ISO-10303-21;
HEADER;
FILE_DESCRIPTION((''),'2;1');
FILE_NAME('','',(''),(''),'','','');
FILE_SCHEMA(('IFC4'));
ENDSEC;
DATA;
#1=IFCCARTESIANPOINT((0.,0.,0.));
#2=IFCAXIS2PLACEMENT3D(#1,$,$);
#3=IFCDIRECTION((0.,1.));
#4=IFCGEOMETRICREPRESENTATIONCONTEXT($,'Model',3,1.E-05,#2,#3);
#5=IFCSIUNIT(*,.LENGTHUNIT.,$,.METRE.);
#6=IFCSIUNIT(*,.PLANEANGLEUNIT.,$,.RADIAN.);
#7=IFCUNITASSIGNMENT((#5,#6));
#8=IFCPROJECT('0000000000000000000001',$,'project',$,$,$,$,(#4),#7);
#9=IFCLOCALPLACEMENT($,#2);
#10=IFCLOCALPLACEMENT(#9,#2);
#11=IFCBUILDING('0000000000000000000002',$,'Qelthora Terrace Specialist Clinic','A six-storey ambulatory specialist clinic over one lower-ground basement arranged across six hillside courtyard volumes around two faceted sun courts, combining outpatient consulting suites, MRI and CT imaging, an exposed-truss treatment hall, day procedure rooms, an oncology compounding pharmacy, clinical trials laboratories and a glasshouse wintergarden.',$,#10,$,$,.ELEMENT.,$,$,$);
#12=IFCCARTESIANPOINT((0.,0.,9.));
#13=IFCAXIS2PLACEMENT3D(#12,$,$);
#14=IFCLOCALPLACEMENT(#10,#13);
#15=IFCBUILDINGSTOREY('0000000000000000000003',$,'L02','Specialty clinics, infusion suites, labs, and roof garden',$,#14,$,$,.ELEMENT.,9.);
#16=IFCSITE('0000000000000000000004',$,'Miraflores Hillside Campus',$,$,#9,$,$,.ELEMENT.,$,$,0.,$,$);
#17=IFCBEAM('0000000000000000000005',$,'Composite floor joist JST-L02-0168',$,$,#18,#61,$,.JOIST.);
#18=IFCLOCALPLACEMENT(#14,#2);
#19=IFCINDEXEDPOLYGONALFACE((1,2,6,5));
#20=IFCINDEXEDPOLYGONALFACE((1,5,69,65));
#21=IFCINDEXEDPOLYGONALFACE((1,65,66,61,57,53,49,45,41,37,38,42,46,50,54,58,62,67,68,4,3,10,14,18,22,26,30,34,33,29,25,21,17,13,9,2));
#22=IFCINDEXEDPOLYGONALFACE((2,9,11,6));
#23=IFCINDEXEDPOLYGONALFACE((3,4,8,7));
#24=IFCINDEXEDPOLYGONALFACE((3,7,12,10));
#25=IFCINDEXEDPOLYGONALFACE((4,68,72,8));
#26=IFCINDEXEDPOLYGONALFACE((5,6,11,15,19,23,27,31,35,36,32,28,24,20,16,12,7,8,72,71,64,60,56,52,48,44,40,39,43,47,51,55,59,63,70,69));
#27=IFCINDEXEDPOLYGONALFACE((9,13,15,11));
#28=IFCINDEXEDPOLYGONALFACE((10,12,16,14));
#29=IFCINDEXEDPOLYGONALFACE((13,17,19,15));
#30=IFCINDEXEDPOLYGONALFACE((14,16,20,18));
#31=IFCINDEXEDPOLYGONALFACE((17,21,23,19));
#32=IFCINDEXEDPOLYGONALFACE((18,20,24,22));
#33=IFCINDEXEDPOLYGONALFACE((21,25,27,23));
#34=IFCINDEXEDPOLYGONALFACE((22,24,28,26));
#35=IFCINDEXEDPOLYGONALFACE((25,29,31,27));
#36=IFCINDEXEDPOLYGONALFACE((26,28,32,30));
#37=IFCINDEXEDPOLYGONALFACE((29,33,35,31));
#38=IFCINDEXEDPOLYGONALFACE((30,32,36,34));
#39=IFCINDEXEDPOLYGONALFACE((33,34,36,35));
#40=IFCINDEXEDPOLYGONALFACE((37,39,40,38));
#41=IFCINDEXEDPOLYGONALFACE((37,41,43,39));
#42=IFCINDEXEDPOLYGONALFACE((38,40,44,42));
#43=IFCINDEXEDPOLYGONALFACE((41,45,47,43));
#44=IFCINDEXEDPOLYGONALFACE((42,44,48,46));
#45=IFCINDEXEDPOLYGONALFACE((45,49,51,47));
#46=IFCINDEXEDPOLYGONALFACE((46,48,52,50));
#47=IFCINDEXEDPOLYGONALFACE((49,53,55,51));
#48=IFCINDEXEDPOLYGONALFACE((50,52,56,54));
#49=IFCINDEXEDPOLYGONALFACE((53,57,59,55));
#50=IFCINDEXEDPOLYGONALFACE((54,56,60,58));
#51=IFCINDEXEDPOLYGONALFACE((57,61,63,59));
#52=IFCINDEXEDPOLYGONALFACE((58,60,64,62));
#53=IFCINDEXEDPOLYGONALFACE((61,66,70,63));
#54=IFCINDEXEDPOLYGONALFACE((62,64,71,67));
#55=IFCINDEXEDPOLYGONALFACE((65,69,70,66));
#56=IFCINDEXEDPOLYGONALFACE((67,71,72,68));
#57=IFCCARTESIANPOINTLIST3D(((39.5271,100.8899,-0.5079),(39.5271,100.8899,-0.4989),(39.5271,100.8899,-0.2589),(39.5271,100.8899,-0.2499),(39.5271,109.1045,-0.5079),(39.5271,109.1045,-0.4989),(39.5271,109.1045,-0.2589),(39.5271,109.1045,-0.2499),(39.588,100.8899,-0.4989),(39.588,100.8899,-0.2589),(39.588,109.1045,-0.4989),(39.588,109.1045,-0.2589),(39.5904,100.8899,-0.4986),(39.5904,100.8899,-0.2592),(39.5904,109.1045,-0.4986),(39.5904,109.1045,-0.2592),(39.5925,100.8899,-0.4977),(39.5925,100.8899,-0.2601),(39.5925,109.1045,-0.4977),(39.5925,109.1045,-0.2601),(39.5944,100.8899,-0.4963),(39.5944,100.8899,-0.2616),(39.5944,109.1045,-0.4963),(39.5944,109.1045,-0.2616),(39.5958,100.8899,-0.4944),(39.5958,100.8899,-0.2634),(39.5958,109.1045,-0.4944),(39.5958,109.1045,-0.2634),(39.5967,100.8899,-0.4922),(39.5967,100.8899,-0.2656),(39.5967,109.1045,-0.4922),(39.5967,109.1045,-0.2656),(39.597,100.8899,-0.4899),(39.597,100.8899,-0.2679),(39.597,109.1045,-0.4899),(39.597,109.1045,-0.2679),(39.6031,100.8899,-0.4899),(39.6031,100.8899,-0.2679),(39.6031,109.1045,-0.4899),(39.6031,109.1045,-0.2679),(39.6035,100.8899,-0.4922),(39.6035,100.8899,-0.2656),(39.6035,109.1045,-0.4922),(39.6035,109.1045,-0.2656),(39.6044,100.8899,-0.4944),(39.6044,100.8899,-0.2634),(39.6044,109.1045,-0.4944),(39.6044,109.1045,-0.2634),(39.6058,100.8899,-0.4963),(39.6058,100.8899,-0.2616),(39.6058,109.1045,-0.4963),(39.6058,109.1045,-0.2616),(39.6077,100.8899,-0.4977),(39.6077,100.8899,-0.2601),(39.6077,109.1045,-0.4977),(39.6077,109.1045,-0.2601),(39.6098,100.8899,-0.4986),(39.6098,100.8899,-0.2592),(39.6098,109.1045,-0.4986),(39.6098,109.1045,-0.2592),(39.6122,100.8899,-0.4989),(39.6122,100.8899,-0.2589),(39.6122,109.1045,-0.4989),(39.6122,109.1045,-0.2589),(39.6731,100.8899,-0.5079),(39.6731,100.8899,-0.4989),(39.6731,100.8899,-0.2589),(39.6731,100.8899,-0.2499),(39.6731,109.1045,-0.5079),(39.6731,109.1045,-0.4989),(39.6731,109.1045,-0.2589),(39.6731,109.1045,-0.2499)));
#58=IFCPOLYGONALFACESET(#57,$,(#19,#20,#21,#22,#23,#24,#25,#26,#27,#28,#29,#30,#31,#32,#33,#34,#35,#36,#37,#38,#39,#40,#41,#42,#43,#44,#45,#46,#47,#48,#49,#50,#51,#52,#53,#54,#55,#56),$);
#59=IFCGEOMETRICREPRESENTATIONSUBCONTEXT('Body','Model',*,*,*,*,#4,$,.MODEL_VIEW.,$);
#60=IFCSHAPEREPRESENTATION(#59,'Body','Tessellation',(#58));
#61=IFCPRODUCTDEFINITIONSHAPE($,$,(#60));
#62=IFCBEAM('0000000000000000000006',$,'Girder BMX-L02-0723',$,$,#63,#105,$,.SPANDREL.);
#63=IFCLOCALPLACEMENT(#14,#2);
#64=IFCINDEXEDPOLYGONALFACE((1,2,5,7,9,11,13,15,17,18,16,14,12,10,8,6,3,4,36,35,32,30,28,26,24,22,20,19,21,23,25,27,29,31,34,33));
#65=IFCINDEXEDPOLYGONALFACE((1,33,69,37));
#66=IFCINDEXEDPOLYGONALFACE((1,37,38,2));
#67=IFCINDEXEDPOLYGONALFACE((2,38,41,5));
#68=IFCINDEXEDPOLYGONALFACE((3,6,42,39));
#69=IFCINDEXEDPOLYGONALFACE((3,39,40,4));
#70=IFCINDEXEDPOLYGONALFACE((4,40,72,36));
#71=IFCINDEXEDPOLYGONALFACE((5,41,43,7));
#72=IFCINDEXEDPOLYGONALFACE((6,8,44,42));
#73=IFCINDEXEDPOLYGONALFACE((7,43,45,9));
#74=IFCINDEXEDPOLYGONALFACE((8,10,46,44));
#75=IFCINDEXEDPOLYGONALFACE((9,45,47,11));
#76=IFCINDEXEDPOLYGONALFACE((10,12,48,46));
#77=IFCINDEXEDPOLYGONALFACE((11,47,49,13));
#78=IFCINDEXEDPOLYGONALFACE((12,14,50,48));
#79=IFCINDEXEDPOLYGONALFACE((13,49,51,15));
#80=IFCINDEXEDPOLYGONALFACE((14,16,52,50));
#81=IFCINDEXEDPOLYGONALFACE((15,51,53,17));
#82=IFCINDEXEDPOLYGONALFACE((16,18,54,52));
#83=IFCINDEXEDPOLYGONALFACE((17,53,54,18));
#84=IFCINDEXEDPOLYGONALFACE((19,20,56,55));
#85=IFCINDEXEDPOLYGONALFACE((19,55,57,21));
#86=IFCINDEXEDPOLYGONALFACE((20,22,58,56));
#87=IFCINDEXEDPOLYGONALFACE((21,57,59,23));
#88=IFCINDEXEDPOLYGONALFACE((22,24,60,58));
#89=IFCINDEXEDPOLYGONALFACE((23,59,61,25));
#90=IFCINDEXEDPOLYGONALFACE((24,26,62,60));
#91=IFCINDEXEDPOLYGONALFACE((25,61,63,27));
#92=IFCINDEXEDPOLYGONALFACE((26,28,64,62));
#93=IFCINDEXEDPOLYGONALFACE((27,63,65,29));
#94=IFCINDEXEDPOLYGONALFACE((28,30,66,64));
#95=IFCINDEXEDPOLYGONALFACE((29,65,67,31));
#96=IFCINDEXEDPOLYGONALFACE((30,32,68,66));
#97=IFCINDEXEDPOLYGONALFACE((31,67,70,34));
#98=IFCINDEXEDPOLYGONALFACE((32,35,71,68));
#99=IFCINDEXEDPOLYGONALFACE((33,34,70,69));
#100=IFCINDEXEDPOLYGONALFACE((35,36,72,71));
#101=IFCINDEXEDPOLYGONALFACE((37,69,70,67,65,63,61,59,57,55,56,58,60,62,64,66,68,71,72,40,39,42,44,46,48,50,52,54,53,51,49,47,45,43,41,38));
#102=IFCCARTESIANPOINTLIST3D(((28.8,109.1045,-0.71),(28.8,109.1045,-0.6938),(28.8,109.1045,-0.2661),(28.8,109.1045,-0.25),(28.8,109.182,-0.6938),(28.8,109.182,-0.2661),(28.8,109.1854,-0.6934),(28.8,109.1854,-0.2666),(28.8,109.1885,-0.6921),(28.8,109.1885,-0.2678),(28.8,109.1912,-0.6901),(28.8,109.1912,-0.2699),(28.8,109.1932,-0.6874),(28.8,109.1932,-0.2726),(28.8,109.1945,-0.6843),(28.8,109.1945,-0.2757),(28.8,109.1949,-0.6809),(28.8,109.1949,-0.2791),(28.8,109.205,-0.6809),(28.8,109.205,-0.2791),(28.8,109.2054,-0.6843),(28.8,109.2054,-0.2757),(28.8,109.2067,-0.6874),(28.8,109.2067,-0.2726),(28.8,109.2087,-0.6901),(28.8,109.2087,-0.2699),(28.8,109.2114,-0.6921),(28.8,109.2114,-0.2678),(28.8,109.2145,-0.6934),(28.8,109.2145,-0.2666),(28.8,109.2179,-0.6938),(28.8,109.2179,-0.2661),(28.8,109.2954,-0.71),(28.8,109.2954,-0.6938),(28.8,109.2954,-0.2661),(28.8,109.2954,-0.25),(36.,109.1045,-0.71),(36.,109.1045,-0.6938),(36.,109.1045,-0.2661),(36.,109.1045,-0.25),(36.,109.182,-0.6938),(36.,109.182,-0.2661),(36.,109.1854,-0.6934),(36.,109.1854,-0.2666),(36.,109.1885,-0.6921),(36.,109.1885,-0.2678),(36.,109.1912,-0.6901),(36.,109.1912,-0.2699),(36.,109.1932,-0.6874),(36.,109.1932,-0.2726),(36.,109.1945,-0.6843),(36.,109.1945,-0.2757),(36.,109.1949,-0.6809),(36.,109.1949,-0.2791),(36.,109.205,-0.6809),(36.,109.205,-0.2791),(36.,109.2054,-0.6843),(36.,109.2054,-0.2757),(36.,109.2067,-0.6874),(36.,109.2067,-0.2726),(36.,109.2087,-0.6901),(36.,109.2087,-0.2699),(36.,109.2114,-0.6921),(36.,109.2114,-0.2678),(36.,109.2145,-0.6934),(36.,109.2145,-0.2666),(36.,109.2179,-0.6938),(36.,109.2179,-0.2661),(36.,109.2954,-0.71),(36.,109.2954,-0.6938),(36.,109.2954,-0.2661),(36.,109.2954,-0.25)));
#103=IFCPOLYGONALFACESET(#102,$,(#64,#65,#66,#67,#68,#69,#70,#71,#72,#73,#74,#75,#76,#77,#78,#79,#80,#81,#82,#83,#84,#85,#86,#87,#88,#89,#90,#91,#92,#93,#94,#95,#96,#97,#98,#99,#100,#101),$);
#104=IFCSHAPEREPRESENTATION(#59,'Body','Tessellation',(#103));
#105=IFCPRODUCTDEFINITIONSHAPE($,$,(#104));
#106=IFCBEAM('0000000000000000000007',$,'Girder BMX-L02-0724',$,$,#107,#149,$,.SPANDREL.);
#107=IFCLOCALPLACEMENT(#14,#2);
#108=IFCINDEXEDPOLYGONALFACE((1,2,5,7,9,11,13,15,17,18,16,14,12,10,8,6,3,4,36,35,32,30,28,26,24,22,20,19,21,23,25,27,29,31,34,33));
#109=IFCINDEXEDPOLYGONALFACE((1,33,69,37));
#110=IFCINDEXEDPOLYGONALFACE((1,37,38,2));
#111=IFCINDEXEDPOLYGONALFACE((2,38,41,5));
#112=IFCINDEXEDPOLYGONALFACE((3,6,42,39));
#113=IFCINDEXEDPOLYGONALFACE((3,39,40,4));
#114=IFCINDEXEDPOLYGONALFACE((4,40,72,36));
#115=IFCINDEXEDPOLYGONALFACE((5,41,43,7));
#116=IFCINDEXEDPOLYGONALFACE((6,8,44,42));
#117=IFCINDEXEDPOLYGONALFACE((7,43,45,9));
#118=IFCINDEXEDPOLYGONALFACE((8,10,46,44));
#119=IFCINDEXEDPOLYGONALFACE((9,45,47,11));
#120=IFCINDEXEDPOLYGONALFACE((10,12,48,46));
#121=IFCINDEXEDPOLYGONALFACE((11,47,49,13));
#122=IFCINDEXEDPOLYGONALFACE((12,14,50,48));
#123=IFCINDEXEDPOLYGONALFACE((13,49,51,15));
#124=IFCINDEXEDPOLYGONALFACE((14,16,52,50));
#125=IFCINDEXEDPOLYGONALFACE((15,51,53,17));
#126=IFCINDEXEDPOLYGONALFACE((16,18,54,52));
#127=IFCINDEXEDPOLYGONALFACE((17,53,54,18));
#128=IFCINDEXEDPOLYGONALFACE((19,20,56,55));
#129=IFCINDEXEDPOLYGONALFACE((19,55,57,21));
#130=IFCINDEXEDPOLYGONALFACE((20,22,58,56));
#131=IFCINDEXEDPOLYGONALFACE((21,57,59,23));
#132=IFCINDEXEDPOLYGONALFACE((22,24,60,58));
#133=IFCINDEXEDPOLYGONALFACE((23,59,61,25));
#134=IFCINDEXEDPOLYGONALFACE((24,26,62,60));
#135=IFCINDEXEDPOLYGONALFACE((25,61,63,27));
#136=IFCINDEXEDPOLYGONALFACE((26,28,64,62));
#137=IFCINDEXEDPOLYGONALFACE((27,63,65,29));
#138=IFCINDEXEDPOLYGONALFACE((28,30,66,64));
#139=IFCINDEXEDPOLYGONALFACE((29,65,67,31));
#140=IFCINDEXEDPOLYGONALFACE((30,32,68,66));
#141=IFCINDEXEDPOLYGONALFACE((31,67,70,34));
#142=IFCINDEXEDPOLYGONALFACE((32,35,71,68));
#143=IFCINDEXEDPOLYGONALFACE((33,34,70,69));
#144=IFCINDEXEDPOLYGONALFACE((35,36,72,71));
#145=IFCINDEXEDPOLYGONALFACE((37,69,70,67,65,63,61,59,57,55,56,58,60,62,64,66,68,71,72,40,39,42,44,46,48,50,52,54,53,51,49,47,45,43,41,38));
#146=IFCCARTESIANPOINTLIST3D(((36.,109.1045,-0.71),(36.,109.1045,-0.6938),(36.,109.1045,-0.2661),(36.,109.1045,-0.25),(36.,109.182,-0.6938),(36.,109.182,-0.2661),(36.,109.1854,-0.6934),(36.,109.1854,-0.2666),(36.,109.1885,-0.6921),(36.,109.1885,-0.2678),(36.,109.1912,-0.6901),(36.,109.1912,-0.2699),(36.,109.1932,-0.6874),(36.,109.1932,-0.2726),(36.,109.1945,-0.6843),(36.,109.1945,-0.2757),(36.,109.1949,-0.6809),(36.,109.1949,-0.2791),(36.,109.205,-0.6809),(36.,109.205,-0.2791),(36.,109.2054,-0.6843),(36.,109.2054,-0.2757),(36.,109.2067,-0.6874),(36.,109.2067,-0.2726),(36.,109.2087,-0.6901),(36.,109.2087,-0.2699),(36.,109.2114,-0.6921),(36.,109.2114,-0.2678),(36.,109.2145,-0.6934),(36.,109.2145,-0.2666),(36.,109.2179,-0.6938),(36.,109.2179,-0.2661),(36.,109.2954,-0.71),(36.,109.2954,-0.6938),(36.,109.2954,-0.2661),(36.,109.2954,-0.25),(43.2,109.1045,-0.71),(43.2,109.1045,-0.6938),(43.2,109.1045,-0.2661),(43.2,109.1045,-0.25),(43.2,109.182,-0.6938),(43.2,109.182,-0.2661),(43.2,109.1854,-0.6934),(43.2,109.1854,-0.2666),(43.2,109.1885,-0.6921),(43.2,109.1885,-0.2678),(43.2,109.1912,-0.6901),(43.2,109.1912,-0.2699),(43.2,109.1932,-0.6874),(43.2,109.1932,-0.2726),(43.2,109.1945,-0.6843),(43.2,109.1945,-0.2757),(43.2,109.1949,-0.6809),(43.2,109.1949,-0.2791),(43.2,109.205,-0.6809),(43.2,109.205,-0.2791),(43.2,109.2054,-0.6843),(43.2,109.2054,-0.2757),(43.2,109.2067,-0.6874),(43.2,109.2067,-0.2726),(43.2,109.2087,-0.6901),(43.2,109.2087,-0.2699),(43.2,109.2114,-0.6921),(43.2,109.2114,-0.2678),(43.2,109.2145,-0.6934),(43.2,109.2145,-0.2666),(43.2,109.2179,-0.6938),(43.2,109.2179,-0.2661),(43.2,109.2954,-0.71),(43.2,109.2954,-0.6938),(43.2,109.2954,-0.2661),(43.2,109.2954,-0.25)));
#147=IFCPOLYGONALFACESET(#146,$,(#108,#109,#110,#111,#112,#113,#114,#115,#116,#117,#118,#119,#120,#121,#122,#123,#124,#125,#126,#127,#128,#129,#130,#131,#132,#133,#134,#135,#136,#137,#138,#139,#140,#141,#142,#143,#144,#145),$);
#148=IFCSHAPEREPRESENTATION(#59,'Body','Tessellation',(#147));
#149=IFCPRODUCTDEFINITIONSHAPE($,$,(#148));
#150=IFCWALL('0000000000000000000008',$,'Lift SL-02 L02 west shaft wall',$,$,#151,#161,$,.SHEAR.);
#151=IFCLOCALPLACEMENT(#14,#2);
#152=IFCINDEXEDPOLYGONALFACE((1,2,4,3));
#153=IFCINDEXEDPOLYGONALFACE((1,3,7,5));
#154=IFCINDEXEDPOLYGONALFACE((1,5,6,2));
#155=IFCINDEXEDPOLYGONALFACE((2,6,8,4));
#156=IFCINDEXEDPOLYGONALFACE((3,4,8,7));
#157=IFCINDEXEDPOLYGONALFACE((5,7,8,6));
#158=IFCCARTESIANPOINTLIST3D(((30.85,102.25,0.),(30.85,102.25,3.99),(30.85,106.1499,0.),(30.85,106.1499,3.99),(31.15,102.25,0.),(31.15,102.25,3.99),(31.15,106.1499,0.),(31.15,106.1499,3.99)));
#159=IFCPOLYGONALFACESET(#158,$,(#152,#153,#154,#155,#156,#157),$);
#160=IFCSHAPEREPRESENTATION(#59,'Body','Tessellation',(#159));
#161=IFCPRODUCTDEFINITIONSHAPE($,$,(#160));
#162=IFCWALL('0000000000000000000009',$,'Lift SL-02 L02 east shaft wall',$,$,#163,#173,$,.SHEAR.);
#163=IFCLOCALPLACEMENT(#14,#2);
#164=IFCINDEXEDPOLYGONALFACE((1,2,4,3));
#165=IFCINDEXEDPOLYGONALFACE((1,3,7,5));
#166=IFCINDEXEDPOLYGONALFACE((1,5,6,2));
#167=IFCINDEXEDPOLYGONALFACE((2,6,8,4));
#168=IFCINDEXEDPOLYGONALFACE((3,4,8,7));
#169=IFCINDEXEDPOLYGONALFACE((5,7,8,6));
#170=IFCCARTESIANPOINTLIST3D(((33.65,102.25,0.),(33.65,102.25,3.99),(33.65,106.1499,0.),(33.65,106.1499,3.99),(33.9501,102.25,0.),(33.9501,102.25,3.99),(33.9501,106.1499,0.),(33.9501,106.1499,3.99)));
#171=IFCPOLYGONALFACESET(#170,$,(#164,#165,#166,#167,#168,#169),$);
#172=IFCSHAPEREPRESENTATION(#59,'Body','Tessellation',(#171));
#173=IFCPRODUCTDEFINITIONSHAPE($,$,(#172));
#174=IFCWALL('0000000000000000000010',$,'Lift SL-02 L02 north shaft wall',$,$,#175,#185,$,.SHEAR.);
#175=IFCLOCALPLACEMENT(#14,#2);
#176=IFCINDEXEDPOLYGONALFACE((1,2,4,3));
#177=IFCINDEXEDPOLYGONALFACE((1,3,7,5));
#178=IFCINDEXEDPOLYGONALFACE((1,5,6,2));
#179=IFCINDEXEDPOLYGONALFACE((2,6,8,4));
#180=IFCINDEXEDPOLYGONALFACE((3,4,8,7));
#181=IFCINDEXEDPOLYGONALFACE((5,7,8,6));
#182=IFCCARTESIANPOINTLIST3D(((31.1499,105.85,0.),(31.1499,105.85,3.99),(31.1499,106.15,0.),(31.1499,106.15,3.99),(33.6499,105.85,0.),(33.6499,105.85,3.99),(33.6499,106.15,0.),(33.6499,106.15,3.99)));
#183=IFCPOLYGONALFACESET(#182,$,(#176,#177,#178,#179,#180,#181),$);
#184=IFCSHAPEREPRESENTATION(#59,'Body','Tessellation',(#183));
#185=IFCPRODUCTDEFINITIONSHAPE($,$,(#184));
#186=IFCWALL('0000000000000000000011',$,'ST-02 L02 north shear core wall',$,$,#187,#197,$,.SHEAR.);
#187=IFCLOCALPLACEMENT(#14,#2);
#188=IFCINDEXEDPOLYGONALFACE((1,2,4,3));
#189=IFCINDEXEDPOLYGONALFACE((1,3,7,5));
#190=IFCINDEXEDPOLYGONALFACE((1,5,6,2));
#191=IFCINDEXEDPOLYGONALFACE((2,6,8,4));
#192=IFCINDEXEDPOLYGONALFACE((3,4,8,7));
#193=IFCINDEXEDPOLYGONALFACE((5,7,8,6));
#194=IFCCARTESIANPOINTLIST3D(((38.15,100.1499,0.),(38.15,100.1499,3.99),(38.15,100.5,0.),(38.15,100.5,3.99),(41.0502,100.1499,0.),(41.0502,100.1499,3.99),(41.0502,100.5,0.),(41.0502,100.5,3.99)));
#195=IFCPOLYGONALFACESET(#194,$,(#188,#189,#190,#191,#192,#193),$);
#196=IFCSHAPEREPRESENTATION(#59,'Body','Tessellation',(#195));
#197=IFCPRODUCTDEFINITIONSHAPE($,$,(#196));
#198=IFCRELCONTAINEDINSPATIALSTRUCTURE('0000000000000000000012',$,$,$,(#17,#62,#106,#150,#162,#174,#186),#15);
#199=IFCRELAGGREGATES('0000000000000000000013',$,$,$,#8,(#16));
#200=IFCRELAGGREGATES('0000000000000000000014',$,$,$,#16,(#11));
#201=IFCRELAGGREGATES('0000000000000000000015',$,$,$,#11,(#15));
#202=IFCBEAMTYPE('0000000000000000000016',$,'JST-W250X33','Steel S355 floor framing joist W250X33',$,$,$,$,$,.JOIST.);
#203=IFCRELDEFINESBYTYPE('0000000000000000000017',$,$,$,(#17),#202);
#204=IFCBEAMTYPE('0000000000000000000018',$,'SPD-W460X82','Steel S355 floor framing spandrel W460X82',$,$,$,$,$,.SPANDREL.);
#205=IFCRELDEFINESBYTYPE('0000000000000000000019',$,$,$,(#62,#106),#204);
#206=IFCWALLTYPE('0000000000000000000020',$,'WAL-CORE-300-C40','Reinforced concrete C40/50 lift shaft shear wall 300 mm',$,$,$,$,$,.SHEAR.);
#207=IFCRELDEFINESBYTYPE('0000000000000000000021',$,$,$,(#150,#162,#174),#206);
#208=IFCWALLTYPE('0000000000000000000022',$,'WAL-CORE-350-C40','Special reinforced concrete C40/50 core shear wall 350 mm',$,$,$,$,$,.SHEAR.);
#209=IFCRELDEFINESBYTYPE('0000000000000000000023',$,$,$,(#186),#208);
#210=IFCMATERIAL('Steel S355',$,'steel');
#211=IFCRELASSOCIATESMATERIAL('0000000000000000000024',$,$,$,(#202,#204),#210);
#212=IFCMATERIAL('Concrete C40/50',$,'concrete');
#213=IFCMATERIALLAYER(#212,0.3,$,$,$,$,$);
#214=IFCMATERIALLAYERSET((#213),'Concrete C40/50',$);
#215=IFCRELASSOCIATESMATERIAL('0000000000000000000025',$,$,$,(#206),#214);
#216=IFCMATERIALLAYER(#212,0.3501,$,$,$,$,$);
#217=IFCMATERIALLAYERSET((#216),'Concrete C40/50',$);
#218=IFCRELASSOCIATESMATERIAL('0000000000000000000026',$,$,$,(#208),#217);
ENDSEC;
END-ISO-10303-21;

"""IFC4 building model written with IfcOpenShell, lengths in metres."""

from ifc_helpers import new_model, si_unit, direction, frame, frame_2d, origin, origin_2d, place, context, subcontext, project, spatial, rectangle, i_section, extrude, material, layer, layer_set, material_profile, profile_set, type_object, element, save


model = new_model("IFC4")

# Units and contexts
model_context = context("Model", 3, precision=1e-05, world=origin(), true_north=direction((0.0, 1.0)))
body_context = subcontext(model_context, "Body", "Model", "MODEL_VIEW")
ifc_project = project(units=[si_unit("LENGTHUNIT", "METRE"), si_unit("PLANEANGLEUNIT", "RADIAN")], contexts=[model_context])

# Site, building, storey
site_placement = place(None, origin())
site = spatial("IfcSite", under=ifc_project, at=site_placement, Name="Miraflores Hillside Campus", CompositionType="ELEMENT", RefElevation=0.0)
building_placement = place(site_placement, origin())
building = spatial("IfcBuilding", under=site, at=building_placement, Name="Qelthora Terrace Specialist Clinic", Description="A six-storey ambulatory specialist clinic over one lower-ground basement arranged across six hillside courtyard volumes around two faceted sun courts, combining outpatient consulting suites, MRI and CT imaging, an exposed-truss treatment hall, day procedure rooms, an oncology compounding pharmacy, clinical trials laboratories and a glasshouse wintergarden.", CompositionType="ELEMENT")
storey_placement = place(building_placement, frame((0.0, 0.0, 9.0)))
storey = spatial("IfcBuildingStorey", under=building, at=storey_placement, Name="L02", Description="Specialty clinics, infusion suites, labs, and roof garden", CompositionType="ELEMENT", Elevation=9.0)

# Shared definitions
ifc_material_1 = material(Name="Steel S355", Category="steel")

# Beams
ifc_material_profile_1 = material_profile(ifc_material_1, i_section(OverallWidth=0.146, OverallDepth=0.2581, WebThickness=0.0061, FlangeThickness=0.009, FilletRadius=0.009, at=origin_2d()), Name="W250X33")
ifc_profile_set_1 = profile_set([ifc_material_profile_1], Name="Steel S355")
beam_type_1 = type_object("IfcBeamType", Name="JST-W250X33", Description="Steel S355 floor framing joist W250X33", PredefinedType="JOIST", material=ifc_profile_set_1)
beam_1_placement = place(storey_placement, frame((39.6001, 100.8899, -0.3789), z_axis=(0.0, 1.0, 0.0), x_axis=(-1.0, 0.0, 0.0)))
element("IfcBeam", 1, at=beam_1_placement, inside=storey, type_object=beam_type_1, Name="Composite floor joist JST-L02-0168", PredefinedType="JOIST", context=body_context, shape_type="SweptSolid", body=[
    extrude(i_section(OverallWidth=0.146, OverallDepth=0.2581, WebThickness=0.0061, FlangeThickness=0.009, FilletRadius=0.009, at=origin_2d()), origin(), (0.0, 0.0, 1.0), 8.2146),
])
ifc_material_profile_2 = material_profile(ifc_material_1, i_section(OverallWidth=0.1909, OverallDepth=0.46, WebThickness=0.01, FlangeThickness=0.0161, FilletRadius=0.0129, at=origin_2d()), Name="W460X82")
ifc_profile_set_2 = profile_set([ifc_material_profile_2], Name="Steel S355")
beam_type_2 = type_object("IfcBeamType", Name="SPD-W460X82", Description="Steel S355 floor framing spandrel W460X82", PredefinedType="SPANDREL", material=ifc_profile_set_2)
for number, where, z_axis, x_axis, name in (
    (2, (28.8, 109.2, -0.48), (1.0, 0.0, 0.0), (0.0, 1.0, 0.0), "Girder BMX-L02-0723"),
    (3, (36.0, 109.2, -0.48), (1.0, 0.0, 0.0), (0.0, 1.0, 0.0), "Girder BMX-L02-0724"),
):
    element("IfcBeam", number, at=place(storey_placement, frame(where, z_axis=z_axis, x_axis=x_axis)), inside=storey, type_object=beam_type_2, Name=name, PredefinedType="SPANDREL", context=body_context, shape_type="SweptSolid", body=[
        extrude(i_section(OverallWidth=0.1909, OverallDepth=0.46, WebThickness=0.01, FlangeThickness=0.0161, FilletRadius=0.0129, at=origin_2d()), origin(), (0.0, 0.0, 1.0), 7.2),
    ])

# Walls
ifc_material_2 = material(Name="Concrete C40/50", Category="concrete")
ifc_layer_1 = layer(ifc_material_2, 0.3)
ifc_layer_set_1 = layer_set([ifc_layer_1], Name="Concrete C40/50")
wall_type_1 = type_object("IfcWallType", Name="WAL-CORE-300-C40", Description="Reinforced concrete C40/50 lift shaft shear wall 300 mm", PredefinedType="SHEAR", material=ifc_layer_set_1)
for number, where, z_axis, x_axis, name in (
    (4, (31.0, 102.25, 0.0), (0.0, 0.0, 1.0), (0.0, 1.0, 0.0), "Lift SL-02 L02 west shaft wall"),
    (5, (33.8, 102.25, 0.0), (0.0, 0.0, 1.0), (0.0, 1.0, 0.0), "Lift SL-02 L02 east shaft wall"),
):
    element("IfcWall", number, at=place(storey_placement, frame(where, z_axis=z_axis, x_axis=x_axis)), inside=storey, type_object=wall_type_1, Name=name, PredefinedType="SHEAR", context=body_context, shape_type="SweptSolid", body=[
        extrude(rectangle(XDim=3.8999, YDim=0.3, at=frame_2d((1.95, 0.0))), origin(), (0.0, 0.0, 1.0), 3.99),
    ])
wall_1_placement = place(storey_placement, frame((31.1499, 106.0, 0.0), z_axis=(0.0, 0.0, 1.0), x_axis=(1.0, 0.0, 0.0)))
element("IfcWall", 6, at=wall_1_placement, inside=storey, type_object=wall_type_1, Name="Lift SL-02 L02 north shaft wall", PredefinedType="SHEAR", context=body_context, shape_type="SweptSolid", body=[
    extrude(rectangle(XDim=2.5, YDim=0.3, at=frame_2d((1.25, 0.0))), origin(), (0.0, 0.0, 1.0), 3.99),
])

# Wall
ifc_layer_2 = layer(ifc_material_2, 0.3501)
ifc_layer_set_2 = layer_set([ifc_layer_2], Name="Concrete C40/50")
wall_type_2 = type_object("IfcWallType", Name="WAL-CORE-350-C40", Description="Special reinforced concrete C40/50 core shear wall 350 mm", PredefinedType="SHEAR", material=ifc_layer_set_2)
wall_2_placement = place(storey_placement, frame((38.1499, 100.325, 0.0), z_axis=(0.0, 0.0, 1.0), x_axis=(1.0, 0.0, 0.0)))
element("IfcWall", 7, at=wall_2_placement, inside=storey, type_object=wall_type_2, Name="ST-02 L02 north shear core wall", PredefinedType="SHEAR", context=body_context, shape_type="SweptSolid", body=[
    extrude(rectangle(XDim=2.9001, YDim=0.3501, at=frame_2d((1.4502, 0.0))), origin(), (0.0, 0.0, 1.0), 3.99),
])

save(model, "model.ifc")
